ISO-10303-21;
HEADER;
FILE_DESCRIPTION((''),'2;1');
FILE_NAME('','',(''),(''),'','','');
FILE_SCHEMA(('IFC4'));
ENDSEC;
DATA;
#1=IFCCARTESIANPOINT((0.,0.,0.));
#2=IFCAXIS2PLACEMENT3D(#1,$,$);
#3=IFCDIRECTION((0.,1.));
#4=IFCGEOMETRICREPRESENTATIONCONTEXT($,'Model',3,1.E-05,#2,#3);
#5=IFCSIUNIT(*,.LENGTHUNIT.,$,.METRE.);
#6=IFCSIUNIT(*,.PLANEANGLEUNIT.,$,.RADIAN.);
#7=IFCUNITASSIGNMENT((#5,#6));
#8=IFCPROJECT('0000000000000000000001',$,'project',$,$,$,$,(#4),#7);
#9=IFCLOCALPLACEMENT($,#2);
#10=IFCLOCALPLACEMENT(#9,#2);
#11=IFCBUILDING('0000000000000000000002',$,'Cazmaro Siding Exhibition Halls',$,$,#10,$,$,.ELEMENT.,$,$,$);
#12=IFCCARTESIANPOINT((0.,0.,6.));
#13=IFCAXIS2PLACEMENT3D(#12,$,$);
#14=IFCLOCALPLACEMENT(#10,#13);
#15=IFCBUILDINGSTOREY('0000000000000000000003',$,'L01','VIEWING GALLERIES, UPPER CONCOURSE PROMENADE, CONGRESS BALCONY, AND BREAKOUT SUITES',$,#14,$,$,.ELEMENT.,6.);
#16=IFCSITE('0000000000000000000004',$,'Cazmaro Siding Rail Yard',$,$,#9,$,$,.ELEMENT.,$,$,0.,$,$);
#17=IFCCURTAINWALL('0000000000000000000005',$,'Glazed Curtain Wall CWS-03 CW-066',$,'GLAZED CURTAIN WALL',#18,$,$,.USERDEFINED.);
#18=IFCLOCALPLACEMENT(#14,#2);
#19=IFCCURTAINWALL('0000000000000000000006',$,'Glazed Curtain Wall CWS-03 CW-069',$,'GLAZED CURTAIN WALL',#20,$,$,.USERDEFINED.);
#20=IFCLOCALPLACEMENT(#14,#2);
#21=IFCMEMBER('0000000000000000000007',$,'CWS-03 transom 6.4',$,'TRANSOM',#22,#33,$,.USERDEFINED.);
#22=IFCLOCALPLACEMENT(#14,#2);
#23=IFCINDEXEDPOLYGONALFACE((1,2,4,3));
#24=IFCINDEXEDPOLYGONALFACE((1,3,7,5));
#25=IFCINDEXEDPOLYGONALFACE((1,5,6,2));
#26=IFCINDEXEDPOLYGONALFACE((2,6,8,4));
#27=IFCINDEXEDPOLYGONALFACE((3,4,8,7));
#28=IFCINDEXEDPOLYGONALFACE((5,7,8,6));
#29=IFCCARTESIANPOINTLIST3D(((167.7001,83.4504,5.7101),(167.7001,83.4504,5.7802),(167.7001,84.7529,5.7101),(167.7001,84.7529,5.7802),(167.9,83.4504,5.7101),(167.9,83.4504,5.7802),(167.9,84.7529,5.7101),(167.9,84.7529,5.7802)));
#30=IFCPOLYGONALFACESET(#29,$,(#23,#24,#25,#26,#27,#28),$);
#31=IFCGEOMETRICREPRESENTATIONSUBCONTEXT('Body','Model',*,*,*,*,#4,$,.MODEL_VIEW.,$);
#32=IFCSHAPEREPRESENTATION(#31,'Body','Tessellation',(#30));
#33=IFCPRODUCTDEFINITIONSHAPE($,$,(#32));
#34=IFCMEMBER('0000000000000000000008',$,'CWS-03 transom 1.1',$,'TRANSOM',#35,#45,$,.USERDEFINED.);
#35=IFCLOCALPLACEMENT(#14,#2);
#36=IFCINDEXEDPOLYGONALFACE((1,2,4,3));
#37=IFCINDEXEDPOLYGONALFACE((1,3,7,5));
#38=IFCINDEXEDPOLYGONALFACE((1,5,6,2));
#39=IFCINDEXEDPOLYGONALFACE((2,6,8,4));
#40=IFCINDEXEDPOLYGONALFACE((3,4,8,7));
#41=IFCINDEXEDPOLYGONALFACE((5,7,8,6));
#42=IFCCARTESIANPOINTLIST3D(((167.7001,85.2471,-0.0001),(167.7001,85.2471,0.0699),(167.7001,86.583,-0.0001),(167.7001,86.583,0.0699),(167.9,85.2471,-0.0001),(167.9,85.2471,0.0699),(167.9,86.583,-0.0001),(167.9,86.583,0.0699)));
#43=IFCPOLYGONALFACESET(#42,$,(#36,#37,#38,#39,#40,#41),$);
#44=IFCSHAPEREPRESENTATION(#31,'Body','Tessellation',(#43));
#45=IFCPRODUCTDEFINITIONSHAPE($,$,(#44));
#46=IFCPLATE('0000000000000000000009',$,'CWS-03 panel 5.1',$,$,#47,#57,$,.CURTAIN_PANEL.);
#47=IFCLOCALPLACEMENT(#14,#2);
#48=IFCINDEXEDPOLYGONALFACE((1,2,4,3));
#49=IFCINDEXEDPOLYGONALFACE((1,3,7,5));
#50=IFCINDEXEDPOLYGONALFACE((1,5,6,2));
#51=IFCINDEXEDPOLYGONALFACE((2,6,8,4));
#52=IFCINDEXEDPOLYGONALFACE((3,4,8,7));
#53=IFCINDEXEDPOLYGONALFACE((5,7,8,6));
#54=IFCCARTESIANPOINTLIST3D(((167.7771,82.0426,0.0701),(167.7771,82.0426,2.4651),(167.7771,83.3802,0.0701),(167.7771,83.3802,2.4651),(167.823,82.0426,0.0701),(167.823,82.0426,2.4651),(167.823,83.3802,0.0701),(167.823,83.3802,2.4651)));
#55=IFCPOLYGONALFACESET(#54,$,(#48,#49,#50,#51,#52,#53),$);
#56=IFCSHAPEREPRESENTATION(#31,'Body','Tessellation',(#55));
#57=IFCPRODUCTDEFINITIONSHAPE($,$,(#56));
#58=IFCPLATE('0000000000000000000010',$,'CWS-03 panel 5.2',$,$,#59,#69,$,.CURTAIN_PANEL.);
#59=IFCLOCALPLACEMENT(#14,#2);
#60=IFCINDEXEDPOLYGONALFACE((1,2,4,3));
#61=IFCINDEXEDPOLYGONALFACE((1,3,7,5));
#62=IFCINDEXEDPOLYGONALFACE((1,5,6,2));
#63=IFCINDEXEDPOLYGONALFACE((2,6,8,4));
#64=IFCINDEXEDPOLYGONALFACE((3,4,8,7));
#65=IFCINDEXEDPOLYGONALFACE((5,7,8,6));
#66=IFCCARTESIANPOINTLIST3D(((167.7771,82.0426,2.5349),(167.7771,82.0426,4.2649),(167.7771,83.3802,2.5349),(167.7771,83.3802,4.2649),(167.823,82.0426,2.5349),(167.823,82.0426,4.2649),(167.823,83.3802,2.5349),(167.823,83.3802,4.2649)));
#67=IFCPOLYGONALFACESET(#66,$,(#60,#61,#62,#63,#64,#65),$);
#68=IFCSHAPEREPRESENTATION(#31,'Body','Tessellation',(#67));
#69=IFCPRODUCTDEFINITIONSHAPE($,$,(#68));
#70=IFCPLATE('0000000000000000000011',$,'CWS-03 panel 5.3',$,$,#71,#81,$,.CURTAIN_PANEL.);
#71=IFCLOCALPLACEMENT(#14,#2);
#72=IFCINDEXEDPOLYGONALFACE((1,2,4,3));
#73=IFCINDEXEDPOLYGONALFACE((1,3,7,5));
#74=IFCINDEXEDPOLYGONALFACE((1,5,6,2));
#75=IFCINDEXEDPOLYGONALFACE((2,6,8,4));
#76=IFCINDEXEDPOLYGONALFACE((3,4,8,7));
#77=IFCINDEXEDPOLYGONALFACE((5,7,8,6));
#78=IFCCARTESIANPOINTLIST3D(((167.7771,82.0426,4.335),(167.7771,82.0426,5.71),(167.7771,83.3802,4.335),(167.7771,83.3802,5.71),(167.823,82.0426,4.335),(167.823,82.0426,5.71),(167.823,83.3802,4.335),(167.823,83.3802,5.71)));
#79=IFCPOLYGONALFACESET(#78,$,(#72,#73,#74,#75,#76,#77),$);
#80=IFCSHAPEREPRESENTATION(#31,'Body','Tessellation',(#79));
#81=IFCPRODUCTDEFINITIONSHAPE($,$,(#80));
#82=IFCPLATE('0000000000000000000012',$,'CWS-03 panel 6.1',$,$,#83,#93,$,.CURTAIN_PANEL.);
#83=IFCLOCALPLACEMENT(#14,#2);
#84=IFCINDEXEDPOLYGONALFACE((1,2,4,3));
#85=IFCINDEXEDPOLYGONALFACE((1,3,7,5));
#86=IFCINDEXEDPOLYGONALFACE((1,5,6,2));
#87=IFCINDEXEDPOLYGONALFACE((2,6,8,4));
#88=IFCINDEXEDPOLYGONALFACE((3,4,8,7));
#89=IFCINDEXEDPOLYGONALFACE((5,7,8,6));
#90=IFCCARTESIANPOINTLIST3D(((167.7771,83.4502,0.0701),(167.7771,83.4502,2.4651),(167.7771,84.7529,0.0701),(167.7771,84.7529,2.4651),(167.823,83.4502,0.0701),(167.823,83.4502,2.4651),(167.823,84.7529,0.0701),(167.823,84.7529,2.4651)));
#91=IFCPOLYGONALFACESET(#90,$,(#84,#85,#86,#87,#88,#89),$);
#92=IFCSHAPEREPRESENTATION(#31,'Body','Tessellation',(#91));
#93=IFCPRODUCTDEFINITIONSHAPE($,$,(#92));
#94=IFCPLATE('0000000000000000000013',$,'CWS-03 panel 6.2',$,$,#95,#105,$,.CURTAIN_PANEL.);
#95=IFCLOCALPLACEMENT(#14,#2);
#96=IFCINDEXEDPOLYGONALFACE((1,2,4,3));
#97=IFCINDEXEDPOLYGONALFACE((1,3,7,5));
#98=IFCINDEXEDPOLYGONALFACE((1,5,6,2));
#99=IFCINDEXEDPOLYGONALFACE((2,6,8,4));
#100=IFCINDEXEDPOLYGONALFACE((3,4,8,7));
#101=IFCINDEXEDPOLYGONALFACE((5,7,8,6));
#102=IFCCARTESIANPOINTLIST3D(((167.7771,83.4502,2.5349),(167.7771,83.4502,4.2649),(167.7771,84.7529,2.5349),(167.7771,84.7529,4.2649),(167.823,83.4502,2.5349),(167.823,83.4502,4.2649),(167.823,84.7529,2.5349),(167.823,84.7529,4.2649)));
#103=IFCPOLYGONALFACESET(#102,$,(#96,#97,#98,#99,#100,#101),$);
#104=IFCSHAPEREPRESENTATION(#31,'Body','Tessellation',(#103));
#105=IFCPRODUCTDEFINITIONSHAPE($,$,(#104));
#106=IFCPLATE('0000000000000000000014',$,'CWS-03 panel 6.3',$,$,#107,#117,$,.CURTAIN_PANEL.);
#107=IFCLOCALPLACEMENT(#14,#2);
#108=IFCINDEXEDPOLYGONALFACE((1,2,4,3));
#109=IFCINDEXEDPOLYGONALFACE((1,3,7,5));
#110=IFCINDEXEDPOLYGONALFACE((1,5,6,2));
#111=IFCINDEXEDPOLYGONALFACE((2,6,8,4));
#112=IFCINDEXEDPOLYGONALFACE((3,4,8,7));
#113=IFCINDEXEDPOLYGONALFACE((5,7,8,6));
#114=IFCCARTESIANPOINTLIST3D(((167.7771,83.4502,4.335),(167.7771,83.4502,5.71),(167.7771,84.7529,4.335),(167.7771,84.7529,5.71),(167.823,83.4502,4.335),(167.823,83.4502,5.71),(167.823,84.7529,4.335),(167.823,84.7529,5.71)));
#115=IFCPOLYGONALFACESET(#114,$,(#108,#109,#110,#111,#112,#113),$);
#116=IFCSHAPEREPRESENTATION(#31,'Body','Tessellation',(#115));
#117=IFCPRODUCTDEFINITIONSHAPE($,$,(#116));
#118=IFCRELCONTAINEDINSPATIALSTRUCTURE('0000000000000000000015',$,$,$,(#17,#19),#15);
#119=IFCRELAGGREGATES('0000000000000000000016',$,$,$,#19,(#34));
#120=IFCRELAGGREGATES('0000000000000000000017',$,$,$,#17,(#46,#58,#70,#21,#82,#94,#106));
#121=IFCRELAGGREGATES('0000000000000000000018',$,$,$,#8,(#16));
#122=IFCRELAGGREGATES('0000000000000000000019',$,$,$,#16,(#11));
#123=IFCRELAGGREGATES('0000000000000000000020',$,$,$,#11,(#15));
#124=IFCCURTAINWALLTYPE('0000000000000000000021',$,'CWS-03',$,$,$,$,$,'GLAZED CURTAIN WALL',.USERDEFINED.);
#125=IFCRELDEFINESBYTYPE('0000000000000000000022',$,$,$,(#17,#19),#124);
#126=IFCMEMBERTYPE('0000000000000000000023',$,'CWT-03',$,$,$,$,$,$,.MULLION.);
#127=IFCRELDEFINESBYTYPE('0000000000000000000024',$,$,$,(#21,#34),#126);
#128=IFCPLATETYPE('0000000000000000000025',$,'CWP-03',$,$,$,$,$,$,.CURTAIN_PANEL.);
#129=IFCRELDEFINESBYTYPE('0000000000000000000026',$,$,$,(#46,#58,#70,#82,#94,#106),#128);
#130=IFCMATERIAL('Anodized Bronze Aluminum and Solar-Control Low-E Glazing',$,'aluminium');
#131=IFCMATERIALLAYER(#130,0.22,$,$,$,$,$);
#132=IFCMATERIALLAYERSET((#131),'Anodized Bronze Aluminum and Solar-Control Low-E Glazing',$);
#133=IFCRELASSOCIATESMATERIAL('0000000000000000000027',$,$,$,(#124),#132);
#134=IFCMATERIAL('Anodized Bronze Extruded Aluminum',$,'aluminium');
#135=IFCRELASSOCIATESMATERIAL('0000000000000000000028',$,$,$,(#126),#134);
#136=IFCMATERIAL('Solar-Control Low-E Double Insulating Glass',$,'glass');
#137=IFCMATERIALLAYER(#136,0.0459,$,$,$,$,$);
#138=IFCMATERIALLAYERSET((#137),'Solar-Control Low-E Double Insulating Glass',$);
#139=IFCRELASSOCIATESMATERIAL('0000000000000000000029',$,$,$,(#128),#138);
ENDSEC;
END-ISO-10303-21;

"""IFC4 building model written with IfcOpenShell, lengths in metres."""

from ifc_helpers import new_model, si_unit, direction, frame, origin, origin_2d, place, context, subcontext, project, spatial, rectangle, extrude, material, layer, layer_set, material_profile, profile_set, type_object, element, aggregate, save


model = new_model("IFC4")

# Units and contexts
model_context = context("Model", 3, precision=1e-05, world=origin(), true_north=direction((0.0, 1.0)))
body_context = subcontext(model_context, "Body", "Model", "MODEL_VIEW")
ifc_project = project(units=[si_unit("LENGTHUNIT", "METRE"), si_unit("PLANEANGLEUNIT", "RADIAN")], contexts=[model_context])

# Site, building, storey
site_placement = place(None, origin())
site = spatial("IfcSite", under=ifc_project, at=site_placement, Name="Cazmaro Siding Rail Yard", CompositionType="ELEMENT", RefElevation=0.0)
building_placement = place(site_placement, origin())
building = spatial("IfcBuilding", under=site, at=building_placement, Name="Cazmaro Siding Exhibition Halls", CompositionType="ELEMENT")
storey_placement = place(building_placement, frame((0.0, 0.0, 6.0)))
storey = spatial("IfcBuildingStorey", under=building, at=storey_placement, Name="L01", Description="VIEWING GALLERIES, UPPER CONCOURSE PROMENADE, CONGRESS BALCONY, AND BREAKOUT SUITES", CompositionType="ELEMENT", Elevation=6.0)

# Curtain wall
ifc_material_1 = material(Name="Anodized Bronze Aluminum and Solar-Control Low-E Glazing", Category="aluminium")
ifc_layer_1 = layer(ifc_material_1, 0.22)
ifc_layer_set_1 = layer_set([ifc_layer_1], Name="Anodized Bronze Aluminum and Solar-Control Low-E Glazing")
curtain_wall_type = type_object("IfcCurtainWallType", Name="CWS-03", ElementType="GLAZED CURTAIN WALL", PredefinedType="USERDEFINED", material=ifc_layer_set_1)
curtain_wall_1_placement = place(storey_placement, origin())
curtain_wall_1 = element("IfcCurtainWall", 1, at=curtain_wall_1_placement, inside=storey, type_object=curtain_wall_type, Name="Glazed Curtain Wall CWS-03 CW-066", ObjectType="GLAZED CURTAIN WALL", PredefinedType="USERDEFINED")

# Curtain wall
curtain_wall_2_placement = place(storey_placement, origin())
curtain_wall_2 = element("IfcCurtainWall", 2, at=curtain_wall_2_placement, inside=storey, type_object=curtain_wall_type, Name="Glazed Curtain Wall CWS-03 CW-069", ObjectType="GLAZED CURTAIN WALL", PredefinedType="USERDEFINED")

# Members
ifc_material_2 = material(Name="Anodized Bronze Extruded Aluminum", Category="aluminium")
ifc_material_profile_1 = material_profile(ifc_material_2, rectangle(XDim=0.2, YDim=0.0701, at=origin_2d()), Name="CWT-03")
ifc_profile_set_1 = profile_set([ifc_material_profile_1], Name="Anodized Bronze Extruded Aluminum")
member_type_1 = type_object("IfcMemberType", Name="CWT-03", PredefinedType="MULLION", material=ifc_profile_set_1)
member_1_placement = place(storey_placement, frame((167.8, 83.4504, 5.7451), z_axis=(0.0, 1.0, 0.0), x_axis=(-1.0, 0.0, 0.0)))
member_1 = element("IfcMember", 3, at=member_1_placement, type_object=member_type_1, Name="CWS-03 transom 6.4", ObjectType="TRANSOM", PredefinedType="USERDEFINED", context=body_context, shape_type="SweptSolid", body=[
    extrude(rectangle(XDim=0.2, YDim=0.0701, at=origin_2d()), origin(), (0.0, 0.0, 1.0), 1.3025),
])
member_2_placement = place(storey_placement, frame((167.8, 85.2471, 0.0349), z_axis=(0.0, 1.0, 0.0), x_axis=(-1.0, 0.0, 0.0)))
member_2 = element("IfcMember", 4, at=member_2_placement, type_object=member_type_1, Name="CWS-03 transom 1.1", ObjectType="TRANSOM", PredefinedType="USERDEFINED", context=body_context, shape_type="SweptSolid", body=[
    extrude(rectangle(XDim=0.2, YDim=0.0701, at=origin_2d()), origin(), (0.0, 0.0, 1.0), 1.3359),
])
aggregate(curtain_wall_2, [member_2])

# Plates
ifc_material_3 = material(Name="Solar-Control Low-E Double Insulating Glass", Category="glass")
ifc_layer_2 = layer(ifc_material_3, 0.0459)
ifc_layer_set_2 = layer_set([ifc_layer_2], Name="Solar-Control Low-E Double Insulating Glass")
plate_type = type_object("IfcPlateType", Name="CWP-03", PredefinedType="CURTAIN_PANEL", material=ifc_layer_set_2)
plate_1_placement = place(storey_placement, frame((167.8, 82.7114, 0.0701), z_axis=(0.0, 0.0, 1.0), x_axis=(0.0, 1.0, 0.0)))
plate_1 = element("IfcPlate", 5, at=plate_1_placement, type_object=plate_type, Name="CWS-03 panel 5.1", PredefinedType="CURTAIN_PANEL", context=body_context, shape_type="SweptSolid", body=[
    extrude(rectangle(XDim=1.3376, YDim=0.0459, at=origin_2d()), origin(), (0.0, 0.0, 1.0), 2.395),
])
plate_2_placement = place(storey_placement, frame((167.8, 82.7114, 2.5349), z_axis=(0.0, 0.0, 1.0), x_axis=(0.0, 1.0, 0.0)))
plate_2 = element("IfcPlate", 6, at=plate_2_placement, type_object=plate_type, Name="CWS-03 panel 5.2", PredefinedType="CURTAIN_PANEL", context=body_context, shape_type="SweptSolid", body=[
    extrude(rectangle(XDim=1.3376, YDim=0.0459, at=origin_2d()), origin(), (0.0, 0.0, 1.0), 1.73),
])
plate_3_placement = place(storey_placement, frame((167.8, 82.7114, 4.335), z_axis=(0.0, 0.0, 1.0), x_axis=(0.0, 1.0, 0.0)))
plate_3 = element("IfcPlate", 7, at=plate_3_placement, type_object=plate_type, Name="CWS-03 panel 5.3", PredefinedType="CURTAIN_PANEL", context=body_context, shape_type="SweptSolid", body=[
    extrude(rectangle(XDim=1.3376, YDim=0.0459, at=origin_2d()), origin(), (0.0, 0.0, 1.0), 1.375),
])
plate_4_placement = place(storey_placement, frame((167.8, 84.1016, 0.0701), z_axis=(0.0, 0.0, 1.0), x_axis=(0.0, 1.0, 0.0)))
plate_4 = element("IfcPlate", 8, at=plate_4_placement, type_object=plate_type, Name="CWS-03 panel 6.1", PredefinedType="CURTAIN_PANEL", context=body_context, shape_type="SweptSolid", body=[
    extrude(rectangle(XDim=1.3027, YDim=0.0459, at=origin_2d()), origin(), (0.0, 0.0, 1.0), 2.395),
])
plate_5_placement = place(storey_placement, frame((167.8, 84.1016, 2.5349), z_axis=(0.0, 0.0, 1.0), x_axis=(0.0, 1.0, 0.0)))
plate_5 = element("IfcPlate", 9, at=plate_5_placement, type_object=plate_type, Name="CWS-03 panel 6.2", PredefinedType="CURTAIN_PANEL", context=body_context, shape_type="SweptSolid", body=[
    extrude(rectangle(XDim=1.3027, YDim=0.0459, at=origin_2d()), origin(), (0.0, 0.0, 1.0), 1.73),
])
plate_6_placement = place(storey_placement, frame((167.8, 84.1016, 4.335), z_axis=(0.0, 0.0, 1.0), x_axis=(0.0, 1.0, 0.0)))
plate_6 = element("IfcPlate", 10, at=plate_6_placement, type_object=plate_type, Name="CWS-03 panel 6.3", PredefinedType="CURTAIN_PANEL", context=body_context, shape_type="SweptSolid", body=[
    extrude(rectangle(XDim=1.3027, YDim=0.0459, at=origin_2d()), origin(), (0.0, 0.0, 1.0), 1.375),
])
aggregate(curtain_wall_1, [plate_1, plate_2, plate_3, member_1, plate_4, plate_5, plate_6])

save(model, "model.ifc")
